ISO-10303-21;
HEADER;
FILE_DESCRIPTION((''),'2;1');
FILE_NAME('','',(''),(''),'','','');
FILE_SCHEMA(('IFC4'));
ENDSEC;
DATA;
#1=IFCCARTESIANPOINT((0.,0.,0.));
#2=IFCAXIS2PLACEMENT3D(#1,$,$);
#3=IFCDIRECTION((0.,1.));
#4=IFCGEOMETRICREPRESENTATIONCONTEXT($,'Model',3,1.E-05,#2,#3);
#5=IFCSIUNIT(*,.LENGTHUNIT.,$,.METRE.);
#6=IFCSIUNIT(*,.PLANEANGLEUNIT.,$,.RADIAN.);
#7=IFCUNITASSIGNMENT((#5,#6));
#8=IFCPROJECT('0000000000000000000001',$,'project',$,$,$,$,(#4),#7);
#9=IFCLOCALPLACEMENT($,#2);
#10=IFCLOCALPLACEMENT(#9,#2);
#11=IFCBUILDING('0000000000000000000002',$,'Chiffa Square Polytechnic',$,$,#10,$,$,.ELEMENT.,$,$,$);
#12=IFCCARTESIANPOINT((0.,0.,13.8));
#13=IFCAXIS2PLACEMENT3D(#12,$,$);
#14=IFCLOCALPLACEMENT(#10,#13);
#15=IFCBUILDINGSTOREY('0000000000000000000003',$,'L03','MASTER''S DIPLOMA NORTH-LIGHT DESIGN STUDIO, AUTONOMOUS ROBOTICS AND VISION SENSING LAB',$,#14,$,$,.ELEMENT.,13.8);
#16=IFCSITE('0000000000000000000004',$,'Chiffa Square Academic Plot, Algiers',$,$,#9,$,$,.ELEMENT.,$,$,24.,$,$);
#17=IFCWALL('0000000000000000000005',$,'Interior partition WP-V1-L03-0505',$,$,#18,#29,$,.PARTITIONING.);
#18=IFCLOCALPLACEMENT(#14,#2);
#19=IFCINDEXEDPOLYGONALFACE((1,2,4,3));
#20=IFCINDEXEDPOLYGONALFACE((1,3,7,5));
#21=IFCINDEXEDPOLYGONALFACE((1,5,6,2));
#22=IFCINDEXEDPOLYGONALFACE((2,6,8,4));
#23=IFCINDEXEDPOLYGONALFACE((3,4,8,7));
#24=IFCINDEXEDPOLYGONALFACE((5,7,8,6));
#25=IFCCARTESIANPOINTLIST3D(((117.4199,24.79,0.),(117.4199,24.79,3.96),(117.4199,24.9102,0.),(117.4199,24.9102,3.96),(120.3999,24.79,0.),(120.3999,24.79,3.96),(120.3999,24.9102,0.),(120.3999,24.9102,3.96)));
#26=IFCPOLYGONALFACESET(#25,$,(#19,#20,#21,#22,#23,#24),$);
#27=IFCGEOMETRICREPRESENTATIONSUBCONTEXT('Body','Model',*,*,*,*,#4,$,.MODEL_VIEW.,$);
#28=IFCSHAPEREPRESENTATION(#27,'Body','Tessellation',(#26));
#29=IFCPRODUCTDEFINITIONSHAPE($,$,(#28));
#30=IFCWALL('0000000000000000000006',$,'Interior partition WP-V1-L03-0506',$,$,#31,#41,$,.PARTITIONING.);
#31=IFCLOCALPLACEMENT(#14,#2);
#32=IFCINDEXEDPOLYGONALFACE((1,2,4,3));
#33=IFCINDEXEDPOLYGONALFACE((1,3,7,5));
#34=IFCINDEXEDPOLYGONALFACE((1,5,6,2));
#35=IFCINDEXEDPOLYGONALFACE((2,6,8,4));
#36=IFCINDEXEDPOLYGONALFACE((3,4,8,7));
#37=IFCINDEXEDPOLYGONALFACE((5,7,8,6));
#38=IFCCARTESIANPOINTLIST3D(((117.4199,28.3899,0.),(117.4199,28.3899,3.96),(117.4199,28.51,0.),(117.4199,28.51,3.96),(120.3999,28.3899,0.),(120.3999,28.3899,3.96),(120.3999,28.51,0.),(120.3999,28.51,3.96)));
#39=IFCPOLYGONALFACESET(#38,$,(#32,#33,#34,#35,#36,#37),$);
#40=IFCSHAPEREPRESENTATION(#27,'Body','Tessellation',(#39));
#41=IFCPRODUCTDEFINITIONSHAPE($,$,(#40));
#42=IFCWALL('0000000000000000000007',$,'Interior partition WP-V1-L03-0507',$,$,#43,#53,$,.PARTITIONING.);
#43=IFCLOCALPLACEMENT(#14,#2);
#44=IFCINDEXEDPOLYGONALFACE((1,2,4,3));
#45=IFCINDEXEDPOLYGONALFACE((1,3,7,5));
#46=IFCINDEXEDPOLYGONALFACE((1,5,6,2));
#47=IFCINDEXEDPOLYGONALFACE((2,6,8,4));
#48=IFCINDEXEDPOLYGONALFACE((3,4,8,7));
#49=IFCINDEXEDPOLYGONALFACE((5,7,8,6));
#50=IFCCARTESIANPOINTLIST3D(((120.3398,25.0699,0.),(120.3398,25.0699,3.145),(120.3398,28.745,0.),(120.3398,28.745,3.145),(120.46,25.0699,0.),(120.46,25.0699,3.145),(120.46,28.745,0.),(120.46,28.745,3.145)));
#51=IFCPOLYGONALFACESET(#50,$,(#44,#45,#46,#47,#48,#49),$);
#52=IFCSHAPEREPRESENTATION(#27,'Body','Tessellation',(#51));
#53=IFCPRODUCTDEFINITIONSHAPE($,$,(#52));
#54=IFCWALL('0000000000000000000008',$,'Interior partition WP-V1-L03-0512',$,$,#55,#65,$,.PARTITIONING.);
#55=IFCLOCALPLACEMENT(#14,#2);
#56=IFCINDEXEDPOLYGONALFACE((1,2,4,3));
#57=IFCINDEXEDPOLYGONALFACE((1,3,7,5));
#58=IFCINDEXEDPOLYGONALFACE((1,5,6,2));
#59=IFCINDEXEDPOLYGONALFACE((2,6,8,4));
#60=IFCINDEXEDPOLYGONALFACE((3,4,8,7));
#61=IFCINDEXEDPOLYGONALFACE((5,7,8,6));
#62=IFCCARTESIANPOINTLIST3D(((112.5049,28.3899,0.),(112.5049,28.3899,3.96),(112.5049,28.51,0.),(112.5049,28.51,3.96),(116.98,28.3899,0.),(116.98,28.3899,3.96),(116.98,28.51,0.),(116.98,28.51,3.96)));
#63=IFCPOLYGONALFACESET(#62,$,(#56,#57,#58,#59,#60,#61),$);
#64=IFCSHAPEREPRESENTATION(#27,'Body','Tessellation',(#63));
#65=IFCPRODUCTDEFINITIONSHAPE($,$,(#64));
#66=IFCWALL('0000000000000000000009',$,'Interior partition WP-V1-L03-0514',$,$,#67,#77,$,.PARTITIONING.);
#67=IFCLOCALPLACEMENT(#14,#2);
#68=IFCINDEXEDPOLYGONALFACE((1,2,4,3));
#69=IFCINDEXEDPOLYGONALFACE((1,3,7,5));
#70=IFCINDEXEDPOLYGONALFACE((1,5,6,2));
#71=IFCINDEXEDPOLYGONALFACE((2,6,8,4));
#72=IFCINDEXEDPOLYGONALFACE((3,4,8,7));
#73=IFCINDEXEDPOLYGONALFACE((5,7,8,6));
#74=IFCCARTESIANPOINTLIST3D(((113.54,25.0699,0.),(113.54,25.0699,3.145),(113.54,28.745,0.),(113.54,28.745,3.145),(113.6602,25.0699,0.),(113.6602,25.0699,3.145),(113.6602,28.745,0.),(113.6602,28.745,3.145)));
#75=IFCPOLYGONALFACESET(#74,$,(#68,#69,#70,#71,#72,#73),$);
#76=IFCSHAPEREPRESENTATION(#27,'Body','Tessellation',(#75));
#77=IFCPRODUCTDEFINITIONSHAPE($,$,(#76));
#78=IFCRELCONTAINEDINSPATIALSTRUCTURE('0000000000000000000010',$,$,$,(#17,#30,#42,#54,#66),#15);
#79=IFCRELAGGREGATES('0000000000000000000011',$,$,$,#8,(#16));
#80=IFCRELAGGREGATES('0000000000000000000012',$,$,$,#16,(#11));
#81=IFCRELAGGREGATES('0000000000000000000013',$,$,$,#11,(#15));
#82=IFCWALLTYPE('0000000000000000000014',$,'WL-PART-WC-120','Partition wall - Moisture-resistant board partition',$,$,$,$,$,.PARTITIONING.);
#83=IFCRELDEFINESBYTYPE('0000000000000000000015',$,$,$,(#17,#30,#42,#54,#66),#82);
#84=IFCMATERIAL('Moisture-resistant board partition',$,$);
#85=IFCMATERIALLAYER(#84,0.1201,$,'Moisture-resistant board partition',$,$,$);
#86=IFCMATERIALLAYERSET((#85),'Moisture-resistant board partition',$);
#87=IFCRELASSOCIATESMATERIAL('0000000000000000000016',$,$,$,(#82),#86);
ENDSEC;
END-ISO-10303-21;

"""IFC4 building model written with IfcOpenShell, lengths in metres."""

from ifc_helpers import new_model, si_unit, direction, frame, frame_2d, origin, place, context, subcontext, project, spatial, rectangle, extrude, material, layer, layer_set, type_object, element, save


model = new_model("IFC4")

# Units and contexts
model_context = context("Model", 3, precision=1e-05, world=origin(), true_north=direction((0.0, 1.0)))
body_context = subcontext(model_context, "Body", "Model", "MODEL_VIEW")
ifc_project = project(units=[si_unit("LENGTHUNIT", "METRE"), si_unit("PLANEANGLEUNIT", "RADIAN")], contexts=[model_context])

# Site, building, storey
site_placement = place(None, origin())
site = spatial("IfcSite", under=ifc_project, at=site_placement, Name="Chiffa Square Academic Plot, Algiers", CompositionType="ELEMENT", RefElevation=24.0)
building_placement = place(site_placement, origin())
building = spatial("IfcBuilding", under=site, at=building_placement, Name="Chiffa Square Polytechnic", CompositionType="ELEMENT")
storey_placement = place(building_placement, frame((0.0, 0.0, 13.8)))
storey = spatial("IfcBuildingStorey", under=building, at=storey_placement, Name="L03", Description="MASTER'S DIPLOMA NORTH-LIGHT DESIGN STUDIO, AUTONOMOUS ROBOTICS AND VISION SENSING LAB", CompositionType="ELEMENT", Elevation=13.8)

# Shared definitions
ifc_material_1 = material(Name="Moisture-resistant board partition")
ifc_layer_1 = layer(ifc_material_1, 0.1201, Name="Moisture-resistant board partition")
ifc_layer_set_1 = layer_set([ifc_layer_1], Name="Moisture-resistant board partition")
wall_type_1 = type_object("IfcWallType", Name="WL-PART-WC-120", Description="Partition wall - Moisture-resistant board partition", PredefinedType="PARTITIONING", material=ifc_layer_set_1)

# Walls
for number, where, z_axis, x_axis, name in (
    (1, (117.4199, 24.8501, 0.0), (0.0, 0.0, 1.0), (1.0, 0.0, 0.0), "Interior partition WP-V1-L03-0505"),
    (2, (117.4199, 28.45, 0.0), (0.0, 0.0, 1.0), (1.0, 0.0, 0.0), "Interior partition WP-V1-L03-0506"),
):
    element("IfcWall", number, at=place(storey_placement, frame(where, z_axis=z_axis, x_axis=x_axis)), inside=storey, type_object=wall_type_1, Name=name, PredefinedType="PARTITIONING", context=body_context, shape_type="SweptSolid", body=[
        extrude(rectangle(XDim=2.98, YDim=0.1201, at=frame_2d((1.49, 0.0))), origin(), (0.0, 0.0, 1.0), 3.96),
    ])
wall_1_placement = place(storey_placement, frame((120.3999, 25.0701, 0.0), z_axis=(0.0, 0.0, 1.0), x_axis=(0.0, 1.0, 0.0)))
element("IfcWall", 3, at=wall_1_placement, inside=storey, type_object=wall_type_1, Name="Interior partition WP-V1-L03-0507", PredefinedType="PARTITIONING", context=body_context, shape_type="SweptSolid", body=[
    extrude(rectangle(XDim=3.675, YDim=0.1201, at=frame_2d((1.8374, 0.0))), origin(), (0.0, 0.0, 1.0), 3.145),
])
wall_2_placement = place(storey_placement, frame((112.5049, 28.45, 0.0), z_axis=(0.0, 0.0, 1.0), x_axis=(1.0, 0.0, 0.0)))
element("IfcWall", 4, at=wall_2_placement, inside=storey, type_object=wall_type_1, Name="Interior partition WP-V1-L03-0512", PredefinedType="PARTITIONING", context=body_context, shape_type="SweptSolid", body=[
    extrude(rectangle(XDim=4.4751, YDim=0.1201, at=frame_2d((2.2375, 0.0))), origin(), (0.0, 0.0, 1.0), 3.96),
])

# Wall
wall_3_placement = place(storey_placement, frame((113.6001, 25.0701, 0.0), z_axis=(0.0, 0.0, 1.0), x_axis=(0.0, 1.0, 0.0)))
element("IfcWall", 5, at=wall_3_placement, inside=storey, type_object=wall_type_1, Name="Interior partition WP-V1-L03-0514", PredefinedType="PARTITIONING", context=body_context, shape_type="SweptSolid", body=[
    extrude(rectangle(XDim=3.675, YDim=0.1201, at=frame_2d((1.8374, 0.0))), origin(), (0.0, 0.0, 1.0), 3.145),
])

save(model, "model.ifc")
